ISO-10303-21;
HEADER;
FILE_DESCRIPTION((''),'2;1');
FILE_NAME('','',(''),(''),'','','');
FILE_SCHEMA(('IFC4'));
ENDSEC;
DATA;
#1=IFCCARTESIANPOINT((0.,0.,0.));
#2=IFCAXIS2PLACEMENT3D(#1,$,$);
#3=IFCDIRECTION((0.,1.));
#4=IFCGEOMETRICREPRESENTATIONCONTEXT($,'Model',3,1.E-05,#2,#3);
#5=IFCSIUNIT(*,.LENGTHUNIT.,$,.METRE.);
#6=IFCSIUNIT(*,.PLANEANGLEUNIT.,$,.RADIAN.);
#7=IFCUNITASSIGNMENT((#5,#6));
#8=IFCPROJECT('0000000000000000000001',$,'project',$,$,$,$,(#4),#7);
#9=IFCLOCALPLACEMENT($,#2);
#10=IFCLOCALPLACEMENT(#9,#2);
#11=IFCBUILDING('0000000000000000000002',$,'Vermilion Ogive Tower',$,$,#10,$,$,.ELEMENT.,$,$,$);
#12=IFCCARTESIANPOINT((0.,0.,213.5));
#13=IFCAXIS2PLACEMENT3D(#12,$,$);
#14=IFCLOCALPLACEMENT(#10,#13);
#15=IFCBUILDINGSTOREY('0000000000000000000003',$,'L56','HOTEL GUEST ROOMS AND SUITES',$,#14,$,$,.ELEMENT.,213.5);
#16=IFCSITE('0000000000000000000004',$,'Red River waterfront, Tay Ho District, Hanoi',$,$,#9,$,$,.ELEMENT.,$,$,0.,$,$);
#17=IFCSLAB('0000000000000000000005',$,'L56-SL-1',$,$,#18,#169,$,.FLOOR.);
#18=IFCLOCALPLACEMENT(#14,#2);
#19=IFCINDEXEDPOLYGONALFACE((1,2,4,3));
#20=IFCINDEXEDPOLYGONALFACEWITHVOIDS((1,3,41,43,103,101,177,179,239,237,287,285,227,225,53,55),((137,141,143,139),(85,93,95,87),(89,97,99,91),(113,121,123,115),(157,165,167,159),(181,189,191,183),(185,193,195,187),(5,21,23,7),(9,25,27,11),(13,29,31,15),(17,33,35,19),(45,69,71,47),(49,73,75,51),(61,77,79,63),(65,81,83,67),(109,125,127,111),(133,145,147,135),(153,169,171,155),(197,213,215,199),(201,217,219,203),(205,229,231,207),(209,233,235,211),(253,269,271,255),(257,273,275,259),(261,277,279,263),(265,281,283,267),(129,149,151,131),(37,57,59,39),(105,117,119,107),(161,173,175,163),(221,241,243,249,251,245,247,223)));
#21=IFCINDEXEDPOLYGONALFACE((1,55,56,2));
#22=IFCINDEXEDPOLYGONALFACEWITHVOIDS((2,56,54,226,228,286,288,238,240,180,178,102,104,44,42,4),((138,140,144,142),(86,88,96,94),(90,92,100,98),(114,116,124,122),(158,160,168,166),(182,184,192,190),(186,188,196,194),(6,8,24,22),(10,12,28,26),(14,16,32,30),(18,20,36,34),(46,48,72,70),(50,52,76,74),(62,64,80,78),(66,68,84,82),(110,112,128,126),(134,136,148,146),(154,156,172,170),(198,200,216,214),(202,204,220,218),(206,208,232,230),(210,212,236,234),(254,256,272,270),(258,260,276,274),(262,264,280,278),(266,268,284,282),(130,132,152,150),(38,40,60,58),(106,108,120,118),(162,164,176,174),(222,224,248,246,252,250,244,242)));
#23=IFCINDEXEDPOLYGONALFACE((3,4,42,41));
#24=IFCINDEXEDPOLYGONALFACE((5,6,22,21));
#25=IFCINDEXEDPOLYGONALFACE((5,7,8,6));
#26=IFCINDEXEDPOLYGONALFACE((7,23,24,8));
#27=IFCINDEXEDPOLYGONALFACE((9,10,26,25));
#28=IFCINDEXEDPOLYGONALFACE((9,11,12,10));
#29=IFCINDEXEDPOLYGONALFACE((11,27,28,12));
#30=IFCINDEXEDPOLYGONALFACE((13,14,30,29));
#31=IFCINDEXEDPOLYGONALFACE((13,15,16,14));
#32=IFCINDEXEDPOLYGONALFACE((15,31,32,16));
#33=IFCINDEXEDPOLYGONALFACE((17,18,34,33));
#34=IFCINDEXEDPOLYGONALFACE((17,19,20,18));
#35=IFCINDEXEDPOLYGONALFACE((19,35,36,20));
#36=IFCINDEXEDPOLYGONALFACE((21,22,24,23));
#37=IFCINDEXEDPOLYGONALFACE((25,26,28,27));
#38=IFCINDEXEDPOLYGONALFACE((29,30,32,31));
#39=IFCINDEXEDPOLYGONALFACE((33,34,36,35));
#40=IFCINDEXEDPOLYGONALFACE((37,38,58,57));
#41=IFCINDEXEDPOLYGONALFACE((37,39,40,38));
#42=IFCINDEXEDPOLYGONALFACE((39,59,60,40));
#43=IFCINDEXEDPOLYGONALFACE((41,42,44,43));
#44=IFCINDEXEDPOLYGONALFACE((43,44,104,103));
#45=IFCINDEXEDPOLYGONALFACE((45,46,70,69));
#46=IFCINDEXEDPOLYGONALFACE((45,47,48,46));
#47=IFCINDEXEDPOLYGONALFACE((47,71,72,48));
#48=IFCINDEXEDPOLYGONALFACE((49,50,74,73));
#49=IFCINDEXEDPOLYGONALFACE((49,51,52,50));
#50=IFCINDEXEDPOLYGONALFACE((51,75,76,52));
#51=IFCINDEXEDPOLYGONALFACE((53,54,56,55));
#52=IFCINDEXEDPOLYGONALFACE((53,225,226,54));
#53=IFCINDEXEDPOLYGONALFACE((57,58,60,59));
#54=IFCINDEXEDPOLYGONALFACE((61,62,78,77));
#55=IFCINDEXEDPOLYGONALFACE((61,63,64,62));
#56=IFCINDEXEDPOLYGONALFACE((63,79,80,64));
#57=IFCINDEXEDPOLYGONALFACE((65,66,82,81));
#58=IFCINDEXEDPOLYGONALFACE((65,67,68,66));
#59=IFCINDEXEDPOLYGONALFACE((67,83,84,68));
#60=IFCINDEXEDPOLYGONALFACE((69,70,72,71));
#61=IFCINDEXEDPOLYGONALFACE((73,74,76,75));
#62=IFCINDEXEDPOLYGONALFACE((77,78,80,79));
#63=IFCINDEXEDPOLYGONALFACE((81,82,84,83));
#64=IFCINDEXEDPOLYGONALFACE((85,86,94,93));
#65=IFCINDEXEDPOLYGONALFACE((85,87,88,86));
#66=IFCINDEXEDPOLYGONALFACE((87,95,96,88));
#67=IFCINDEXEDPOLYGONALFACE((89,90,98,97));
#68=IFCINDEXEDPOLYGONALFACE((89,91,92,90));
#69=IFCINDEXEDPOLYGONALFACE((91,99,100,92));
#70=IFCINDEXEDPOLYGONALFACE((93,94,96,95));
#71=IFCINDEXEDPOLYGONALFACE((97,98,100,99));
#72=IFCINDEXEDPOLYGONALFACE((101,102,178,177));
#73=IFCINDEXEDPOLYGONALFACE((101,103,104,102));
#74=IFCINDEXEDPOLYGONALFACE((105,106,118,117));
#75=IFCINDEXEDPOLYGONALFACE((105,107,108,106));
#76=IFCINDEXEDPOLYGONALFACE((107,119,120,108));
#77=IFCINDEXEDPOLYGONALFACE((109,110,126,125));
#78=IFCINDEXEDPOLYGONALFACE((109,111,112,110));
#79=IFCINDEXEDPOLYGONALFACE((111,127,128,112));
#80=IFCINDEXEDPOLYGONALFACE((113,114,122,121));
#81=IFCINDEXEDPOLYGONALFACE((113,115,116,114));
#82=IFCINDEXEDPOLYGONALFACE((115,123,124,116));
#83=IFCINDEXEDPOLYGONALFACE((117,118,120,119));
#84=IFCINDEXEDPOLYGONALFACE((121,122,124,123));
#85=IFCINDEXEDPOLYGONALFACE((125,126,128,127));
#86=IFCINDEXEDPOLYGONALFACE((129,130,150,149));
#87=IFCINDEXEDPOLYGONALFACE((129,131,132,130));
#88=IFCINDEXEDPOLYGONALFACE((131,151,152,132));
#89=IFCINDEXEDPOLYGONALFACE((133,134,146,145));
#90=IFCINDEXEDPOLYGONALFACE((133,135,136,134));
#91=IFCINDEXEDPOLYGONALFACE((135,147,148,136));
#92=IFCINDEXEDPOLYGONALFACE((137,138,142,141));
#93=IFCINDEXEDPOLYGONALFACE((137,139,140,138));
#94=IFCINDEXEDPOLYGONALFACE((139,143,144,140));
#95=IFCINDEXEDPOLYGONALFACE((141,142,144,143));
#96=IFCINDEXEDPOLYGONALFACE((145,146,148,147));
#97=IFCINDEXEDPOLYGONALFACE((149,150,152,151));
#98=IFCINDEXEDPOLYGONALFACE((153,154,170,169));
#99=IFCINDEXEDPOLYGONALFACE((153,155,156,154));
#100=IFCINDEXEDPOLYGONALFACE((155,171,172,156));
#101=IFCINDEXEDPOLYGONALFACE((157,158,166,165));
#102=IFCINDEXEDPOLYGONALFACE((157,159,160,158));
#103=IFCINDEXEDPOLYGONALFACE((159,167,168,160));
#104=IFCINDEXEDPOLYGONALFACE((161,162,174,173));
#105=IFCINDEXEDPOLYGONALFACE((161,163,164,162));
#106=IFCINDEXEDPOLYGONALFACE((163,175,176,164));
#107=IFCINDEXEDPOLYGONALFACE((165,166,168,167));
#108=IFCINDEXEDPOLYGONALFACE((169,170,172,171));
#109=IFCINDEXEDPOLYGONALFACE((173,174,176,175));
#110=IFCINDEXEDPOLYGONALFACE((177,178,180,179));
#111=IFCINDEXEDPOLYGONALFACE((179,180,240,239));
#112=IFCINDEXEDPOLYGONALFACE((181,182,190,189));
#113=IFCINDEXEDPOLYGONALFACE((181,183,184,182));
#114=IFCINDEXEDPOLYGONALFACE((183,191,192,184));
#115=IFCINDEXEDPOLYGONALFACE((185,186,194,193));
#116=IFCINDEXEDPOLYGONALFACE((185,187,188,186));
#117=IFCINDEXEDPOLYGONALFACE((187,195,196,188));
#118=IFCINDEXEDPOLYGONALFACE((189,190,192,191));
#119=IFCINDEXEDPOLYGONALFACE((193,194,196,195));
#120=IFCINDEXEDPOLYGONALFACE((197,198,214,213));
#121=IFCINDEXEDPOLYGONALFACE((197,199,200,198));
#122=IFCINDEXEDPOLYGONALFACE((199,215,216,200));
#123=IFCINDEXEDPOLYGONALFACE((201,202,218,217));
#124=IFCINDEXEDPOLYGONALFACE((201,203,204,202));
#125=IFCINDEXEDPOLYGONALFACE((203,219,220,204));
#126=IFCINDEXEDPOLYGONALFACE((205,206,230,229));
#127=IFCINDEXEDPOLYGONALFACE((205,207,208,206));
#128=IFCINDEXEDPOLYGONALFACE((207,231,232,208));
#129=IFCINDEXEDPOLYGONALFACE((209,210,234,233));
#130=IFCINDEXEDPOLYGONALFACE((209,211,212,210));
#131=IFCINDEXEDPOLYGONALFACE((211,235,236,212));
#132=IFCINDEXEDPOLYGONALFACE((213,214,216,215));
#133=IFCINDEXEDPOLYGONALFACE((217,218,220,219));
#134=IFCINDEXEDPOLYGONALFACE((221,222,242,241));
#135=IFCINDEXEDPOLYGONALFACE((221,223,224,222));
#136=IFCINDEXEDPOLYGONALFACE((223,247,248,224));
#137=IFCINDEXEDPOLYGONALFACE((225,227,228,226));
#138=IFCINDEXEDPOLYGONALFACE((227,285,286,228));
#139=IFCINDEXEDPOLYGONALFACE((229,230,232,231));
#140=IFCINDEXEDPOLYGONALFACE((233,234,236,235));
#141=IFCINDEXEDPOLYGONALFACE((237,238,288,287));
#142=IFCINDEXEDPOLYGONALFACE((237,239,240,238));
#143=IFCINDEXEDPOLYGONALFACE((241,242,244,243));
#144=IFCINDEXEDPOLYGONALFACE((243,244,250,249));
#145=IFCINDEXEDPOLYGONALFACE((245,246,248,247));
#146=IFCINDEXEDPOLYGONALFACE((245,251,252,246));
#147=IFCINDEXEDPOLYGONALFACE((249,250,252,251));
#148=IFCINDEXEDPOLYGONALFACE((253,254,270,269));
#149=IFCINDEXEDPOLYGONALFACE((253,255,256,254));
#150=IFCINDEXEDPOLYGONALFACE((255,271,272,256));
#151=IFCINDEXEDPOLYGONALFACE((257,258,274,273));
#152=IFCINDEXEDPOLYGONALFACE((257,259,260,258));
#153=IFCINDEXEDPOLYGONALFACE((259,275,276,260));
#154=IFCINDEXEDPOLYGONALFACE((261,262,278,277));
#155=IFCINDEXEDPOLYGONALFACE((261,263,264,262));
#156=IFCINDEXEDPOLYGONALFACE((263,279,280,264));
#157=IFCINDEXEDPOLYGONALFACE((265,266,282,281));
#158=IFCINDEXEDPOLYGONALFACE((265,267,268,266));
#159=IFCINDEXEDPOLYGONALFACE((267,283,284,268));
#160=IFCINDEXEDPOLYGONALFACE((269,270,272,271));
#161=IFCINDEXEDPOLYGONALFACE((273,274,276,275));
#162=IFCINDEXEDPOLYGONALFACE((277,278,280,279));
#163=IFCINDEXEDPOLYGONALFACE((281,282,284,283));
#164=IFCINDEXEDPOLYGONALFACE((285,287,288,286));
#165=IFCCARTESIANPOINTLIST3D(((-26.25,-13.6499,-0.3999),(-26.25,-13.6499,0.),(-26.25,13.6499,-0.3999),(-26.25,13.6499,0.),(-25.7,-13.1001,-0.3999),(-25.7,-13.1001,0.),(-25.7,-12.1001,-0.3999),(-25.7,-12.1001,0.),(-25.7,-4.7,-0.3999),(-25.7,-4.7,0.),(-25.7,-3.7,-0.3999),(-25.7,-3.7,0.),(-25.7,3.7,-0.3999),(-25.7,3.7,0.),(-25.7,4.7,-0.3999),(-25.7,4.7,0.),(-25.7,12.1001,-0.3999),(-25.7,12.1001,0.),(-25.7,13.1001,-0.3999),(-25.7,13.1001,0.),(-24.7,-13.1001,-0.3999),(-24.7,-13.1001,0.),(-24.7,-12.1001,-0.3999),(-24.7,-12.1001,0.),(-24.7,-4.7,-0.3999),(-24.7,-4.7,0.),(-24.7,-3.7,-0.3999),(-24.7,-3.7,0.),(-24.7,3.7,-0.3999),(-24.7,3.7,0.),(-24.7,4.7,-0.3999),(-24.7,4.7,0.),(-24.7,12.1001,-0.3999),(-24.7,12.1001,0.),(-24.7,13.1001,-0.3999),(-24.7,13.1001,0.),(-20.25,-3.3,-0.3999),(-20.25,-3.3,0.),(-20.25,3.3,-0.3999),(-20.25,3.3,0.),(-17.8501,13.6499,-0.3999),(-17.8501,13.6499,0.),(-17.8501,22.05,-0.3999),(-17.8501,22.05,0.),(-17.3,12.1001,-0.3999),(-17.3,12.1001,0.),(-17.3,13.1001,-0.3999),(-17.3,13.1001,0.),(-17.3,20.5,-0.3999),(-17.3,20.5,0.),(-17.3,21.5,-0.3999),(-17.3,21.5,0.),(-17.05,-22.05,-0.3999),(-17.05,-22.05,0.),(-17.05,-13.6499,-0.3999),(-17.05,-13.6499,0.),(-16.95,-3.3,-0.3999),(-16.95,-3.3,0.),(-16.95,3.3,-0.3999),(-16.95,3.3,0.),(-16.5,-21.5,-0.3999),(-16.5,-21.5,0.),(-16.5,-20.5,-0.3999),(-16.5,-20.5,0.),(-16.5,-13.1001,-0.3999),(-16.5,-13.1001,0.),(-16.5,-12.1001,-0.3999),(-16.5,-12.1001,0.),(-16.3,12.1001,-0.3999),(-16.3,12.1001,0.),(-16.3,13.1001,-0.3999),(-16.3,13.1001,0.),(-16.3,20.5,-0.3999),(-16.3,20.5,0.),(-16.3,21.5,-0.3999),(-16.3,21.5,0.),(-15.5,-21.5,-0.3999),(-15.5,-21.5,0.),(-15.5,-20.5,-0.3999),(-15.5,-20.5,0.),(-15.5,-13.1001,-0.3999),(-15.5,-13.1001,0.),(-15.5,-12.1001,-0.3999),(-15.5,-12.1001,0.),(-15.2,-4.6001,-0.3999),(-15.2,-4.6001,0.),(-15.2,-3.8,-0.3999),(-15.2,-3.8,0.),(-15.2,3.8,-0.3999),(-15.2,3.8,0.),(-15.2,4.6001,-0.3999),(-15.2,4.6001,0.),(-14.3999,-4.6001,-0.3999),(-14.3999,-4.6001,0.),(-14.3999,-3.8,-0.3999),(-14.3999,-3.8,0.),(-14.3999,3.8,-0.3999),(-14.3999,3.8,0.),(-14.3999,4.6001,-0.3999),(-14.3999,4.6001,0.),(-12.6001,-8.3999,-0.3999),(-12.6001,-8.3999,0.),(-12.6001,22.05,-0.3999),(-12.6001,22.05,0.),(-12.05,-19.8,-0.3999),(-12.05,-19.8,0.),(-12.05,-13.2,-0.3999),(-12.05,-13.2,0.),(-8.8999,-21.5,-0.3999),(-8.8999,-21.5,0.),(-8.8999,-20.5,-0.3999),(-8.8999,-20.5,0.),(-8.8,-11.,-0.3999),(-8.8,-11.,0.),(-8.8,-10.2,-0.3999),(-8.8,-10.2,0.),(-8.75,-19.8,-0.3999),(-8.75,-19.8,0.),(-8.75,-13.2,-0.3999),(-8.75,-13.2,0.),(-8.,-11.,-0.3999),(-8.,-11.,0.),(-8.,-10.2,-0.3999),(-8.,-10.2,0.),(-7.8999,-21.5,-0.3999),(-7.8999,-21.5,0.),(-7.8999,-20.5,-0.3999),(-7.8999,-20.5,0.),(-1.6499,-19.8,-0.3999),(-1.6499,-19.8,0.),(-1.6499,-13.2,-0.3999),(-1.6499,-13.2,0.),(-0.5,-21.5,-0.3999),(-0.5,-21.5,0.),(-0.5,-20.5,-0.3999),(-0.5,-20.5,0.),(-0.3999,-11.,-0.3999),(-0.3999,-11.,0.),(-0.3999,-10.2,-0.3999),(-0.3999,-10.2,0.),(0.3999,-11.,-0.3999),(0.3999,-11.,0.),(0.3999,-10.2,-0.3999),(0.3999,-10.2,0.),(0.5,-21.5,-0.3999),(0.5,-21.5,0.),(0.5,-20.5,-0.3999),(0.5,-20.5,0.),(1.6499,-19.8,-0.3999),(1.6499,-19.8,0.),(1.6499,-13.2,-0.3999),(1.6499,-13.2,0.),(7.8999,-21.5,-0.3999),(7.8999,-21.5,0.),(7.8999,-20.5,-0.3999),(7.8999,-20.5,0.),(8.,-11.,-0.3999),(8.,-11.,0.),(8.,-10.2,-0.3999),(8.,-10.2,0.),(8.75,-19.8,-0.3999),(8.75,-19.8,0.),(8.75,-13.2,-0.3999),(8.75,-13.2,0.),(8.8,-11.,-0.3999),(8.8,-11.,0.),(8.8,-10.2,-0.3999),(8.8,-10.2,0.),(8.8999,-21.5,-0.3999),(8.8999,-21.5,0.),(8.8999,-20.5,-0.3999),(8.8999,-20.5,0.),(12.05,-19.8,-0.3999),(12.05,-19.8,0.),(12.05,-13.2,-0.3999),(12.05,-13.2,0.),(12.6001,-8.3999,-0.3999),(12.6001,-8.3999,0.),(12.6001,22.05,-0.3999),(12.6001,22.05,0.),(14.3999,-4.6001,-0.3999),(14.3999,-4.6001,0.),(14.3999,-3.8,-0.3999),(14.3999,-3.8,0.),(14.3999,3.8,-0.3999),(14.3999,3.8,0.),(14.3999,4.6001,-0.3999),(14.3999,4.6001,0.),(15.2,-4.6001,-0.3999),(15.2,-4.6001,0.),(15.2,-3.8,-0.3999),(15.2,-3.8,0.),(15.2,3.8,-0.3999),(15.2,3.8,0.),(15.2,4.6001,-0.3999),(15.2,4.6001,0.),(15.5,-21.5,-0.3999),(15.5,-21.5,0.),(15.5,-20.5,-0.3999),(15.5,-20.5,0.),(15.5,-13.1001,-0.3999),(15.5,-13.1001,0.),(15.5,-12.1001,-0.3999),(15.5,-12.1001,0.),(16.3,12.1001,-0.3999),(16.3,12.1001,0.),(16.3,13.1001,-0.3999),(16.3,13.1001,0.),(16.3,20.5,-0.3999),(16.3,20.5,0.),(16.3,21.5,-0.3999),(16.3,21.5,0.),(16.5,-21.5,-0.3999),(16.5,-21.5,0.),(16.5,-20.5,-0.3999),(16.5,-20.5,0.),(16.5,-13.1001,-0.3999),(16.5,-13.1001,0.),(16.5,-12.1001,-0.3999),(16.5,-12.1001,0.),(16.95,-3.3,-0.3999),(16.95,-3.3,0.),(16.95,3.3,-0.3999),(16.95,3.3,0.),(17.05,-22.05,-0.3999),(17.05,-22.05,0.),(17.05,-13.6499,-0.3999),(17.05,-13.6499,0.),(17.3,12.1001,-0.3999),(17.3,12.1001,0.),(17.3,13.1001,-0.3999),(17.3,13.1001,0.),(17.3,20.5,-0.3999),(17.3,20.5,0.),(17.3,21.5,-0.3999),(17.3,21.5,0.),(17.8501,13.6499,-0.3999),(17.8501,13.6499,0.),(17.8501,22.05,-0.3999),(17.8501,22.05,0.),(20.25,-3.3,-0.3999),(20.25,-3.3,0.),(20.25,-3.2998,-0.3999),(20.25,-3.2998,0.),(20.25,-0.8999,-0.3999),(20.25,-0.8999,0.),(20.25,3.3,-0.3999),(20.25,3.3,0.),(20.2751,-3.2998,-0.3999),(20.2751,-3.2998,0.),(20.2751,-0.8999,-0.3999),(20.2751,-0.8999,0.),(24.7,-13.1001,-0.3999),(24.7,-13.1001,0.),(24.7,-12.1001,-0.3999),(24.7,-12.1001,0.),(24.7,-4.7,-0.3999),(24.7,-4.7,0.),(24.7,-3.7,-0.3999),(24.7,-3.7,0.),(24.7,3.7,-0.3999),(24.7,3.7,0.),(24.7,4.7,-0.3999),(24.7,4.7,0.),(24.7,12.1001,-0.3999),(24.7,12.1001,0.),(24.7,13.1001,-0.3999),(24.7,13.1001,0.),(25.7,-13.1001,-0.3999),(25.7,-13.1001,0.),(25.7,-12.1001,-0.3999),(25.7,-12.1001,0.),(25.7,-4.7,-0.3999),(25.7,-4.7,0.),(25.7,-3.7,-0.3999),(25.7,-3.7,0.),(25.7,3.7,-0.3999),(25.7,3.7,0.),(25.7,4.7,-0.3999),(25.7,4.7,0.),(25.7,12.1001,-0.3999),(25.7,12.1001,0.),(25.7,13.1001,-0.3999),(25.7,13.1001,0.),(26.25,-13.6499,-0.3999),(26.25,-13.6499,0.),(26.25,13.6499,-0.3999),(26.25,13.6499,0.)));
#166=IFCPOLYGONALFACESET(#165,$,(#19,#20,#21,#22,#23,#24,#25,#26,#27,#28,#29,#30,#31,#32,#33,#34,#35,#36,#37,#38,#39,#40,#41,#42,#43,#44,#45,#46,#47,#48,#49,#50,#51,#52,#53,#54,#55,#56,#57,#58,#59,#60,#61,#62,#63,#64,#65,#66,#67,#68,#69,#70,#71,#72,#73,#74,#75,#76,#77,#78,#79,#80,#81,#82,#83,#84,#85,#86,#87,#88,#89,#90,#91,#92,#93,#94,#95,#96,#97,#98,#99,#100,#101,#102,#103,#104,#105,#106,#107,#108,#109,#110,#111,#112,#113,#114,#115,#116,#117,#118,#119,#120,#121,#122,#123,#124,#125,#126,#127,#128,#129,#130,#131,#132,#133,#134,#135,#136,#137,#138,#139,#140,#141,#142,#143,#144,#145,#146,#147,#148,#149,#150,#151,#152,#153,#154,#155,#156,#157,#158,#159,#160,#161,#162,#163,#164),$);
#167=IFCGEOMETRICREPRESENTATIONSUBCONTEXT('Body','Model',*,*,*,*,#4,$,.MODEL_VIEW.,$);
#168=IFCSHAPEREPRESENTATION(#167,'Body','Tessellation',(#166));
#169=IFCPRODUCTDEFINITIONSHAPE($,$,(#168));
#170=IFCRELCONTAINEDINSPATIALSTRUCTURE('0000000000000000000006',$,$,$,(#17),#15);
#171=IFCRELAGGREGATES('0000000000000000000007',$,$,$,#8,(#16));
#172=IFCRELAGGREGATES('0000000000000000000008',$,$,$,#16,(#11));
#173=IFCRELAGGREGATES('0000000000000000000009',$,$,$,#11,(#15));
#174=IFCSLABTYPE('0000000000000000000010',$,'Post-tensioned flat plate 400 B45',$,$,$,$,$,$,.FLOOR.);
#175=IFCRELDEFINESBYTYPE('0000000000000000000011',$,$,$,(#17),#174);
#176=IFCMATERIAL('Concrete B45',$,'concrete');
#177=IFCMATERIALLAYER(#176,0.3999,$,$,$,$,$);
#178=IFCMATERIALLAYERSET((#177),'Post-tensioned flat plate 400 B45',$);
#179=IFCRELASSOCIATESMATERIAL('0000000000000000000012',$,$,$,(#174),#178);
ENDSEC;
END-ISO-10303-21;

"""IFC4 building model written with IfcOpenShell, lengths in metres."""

from ifc_helpers import new_model, si_unit, direction, frame, origin, place, context, subcontext, project, spatial, polyline, outline, extrude, material, layer, layer_set, type_object, element, save


model = new_model("IFC4")

# Units and contexts
model_context = context("Model", 3, precision=1e-05, world=origin(), true_north=direction((0.0, 1.0)))
body_context = subcontext(model_context, "Body", "Model", "MODEL_VIEW")
ifc_project = project(units=[si_unit("LENGTHUNIT", "METRE"), si_unit("PLANEANGLEUNIT", "RADIAN")], contexts=[model_context])

# Site, building, storey
site_placement = place(None, origin())
site = spatial("IfcSite", under=ifc_project, at=site_placement, Name="Red River waterfront, Tay Ho District, Hanoi", CompositionType="ELEMENT", RefElevation=0.0)
building_placement = place(site_placement, origin())
building = spatial("IfcBuilding", under=site, at=building_placement, Name="Vermilion Ogive Tower", CompositionType="ELEMENT")
storey_placement = place(building_placement, frame((0.0, 0.0, 213.5)))
storey = spatial("IfcBuildingStorey", under=building, at=storey_placement, Name="L56", Description="HOTEL GUEST ROOMS AND SUITES", CompositionType="ELEMENT", Elevation=213.5)

# Slab
ifc_material_1 = material(Name="Concrete B45", Category="concrete")
ifc_layer_1 = layer(ifc_material_1, 0.3999)
ifc_layer_set_1 = layer_set([ifc_layer_1], Name="Post-tensioned flat plate 400 B45")
slab_type_1 = type_object("IfcSlabType", Name="Post-tensioned flat plate 400 B45", PredefinedType="FLOOR", material=ifc_layer_set_1)
slab_1_placement = place(storey_placement, frame((0.0, 0.0, -0.3999)))
element("IfcSlab", 1, at=slab_1_placement, inside=storey, type_object=slab_type_1, Name="L56-SL-1", PredefinedType="FLOOR", context=body_context, shape_type="SweptSolid", body=[
    extrude(outline(polyline([(-26.25, -13.6499), (-17.05, -13.6499), (-17.05, -22.05), (17.05, -22.05), (17.05, -13.6499), (26.25, -13.6499), (26.25, 13.6499), (17.8501, 13.6499), (17.8501, 22.05), (12.6001, 22.05), (12.6001, -8.3999), (-12.6001, -8.3999), (-12.6001, 22.05), (-17.8501, 22.05), (-17.8501, 13.6499), (-26.25, 13.6499), (-26.25, -13.6499)]), holes=[polyline([(25.7, -3.7), (25.7, -4.7), (24.7, -4.7), (24.7, -3.7), (25.7, -3.7)]), polyline([(25.7, -12.1001), (25.7, -13.1001), (24.7, -13.1001), (24.7, -12.1001), (25.7, -12.1001)]), polyline([(25.7, 12.1001), (24.7, 12.1001), (24.7, 13.1001), (25.7, 13.1001), (25.7, 12.1001)]), polyline([(25.7, 3.7), (24.7, 3.7), (24.7, 4.7), (25.7, 4.7), (25.7, 3.7)]), polyline([(20.25, -3.2998), (20.25, -3.3), (16.95, -3.3), (16.95, 3.3), (20.25, 3.3), (20.25, -0.8999), (20.2751, -0.8999), (20.2751, -3.2998), (20.25, -3.2998)]), polyline([(17.3, 13.1001), (17.3, 12.1001), (16.3, 12.1001), (16.3, 13.1001), (17.3, 13.1001)]), polyline([(17.3, 20.5), (16.3, 20.5), (16.3, 21.5), (17.3, 21.5), (17.3, 20.5)]), polyline([(16.5, -12.1001), (16.5, -13.1001), (15.5, -13.1001), (15.5, -12.1001), (16.5, -12.1001)]), polyline([(16.5, -20.5), (16.5, -21.5), (15.5, -21.5), (15.5, -20.5), (16.5, -20.5)]), polyline([(15.2, 4.6001), (15.2, 3.8), (14.3999, 3.8), (14.3999, 4.6001), (15.2, 4.6001)]), polyline([(15.2, -4.6001), (14.3999, -4.6001), (14.3999, -3.8), (15.2, -3.8), (15.2, -4.6001)]), polyline([(12.05, -13.2), (12.05, -19.8), (8.75, -19.8), (8.75, -13.2), (12.05, -13.2)]), polyline([(8.8999, -20.5), (8.8999, -21.5), (7.8999, -21.5), (7.8999, -20.5), (8.8999, -20.5)]), polyline([(8.8, -11.0), (8.0, -11.0), (8.0, -10.2), (8.8, -10.2), (8.8, -11.0)]), polyline([(1.6499, -13.2), (1.6499, -19.8), (-1.6499, -19.8), (-1.6499, -13.2), (1.6499, -13.2)]), polyline([(0.5, -20.5), (0.5, -21.5), (-0.5, -21.5), (-0.5, -20.5), (0.5, -20.5)]), polyline([(0.3999, -10.2), (0.3999, -11.0), (-0.3999, -11.0), (-0.3999, -10.2), (0.3999, -10.2)]), polyline([(-7.8999, -20.5), (-7.8999, -21.5), (-8.8999, -21.5), (-8.8999, -20.5), (-7.8999, -20.5)]), polyline([(-8.0, -10.2), (-8.0, -11.0), (-8.8, -11.0), (-8.8, -10.2), (-8.0, -10.2)]), polyline([(-8.75, -13.2), (-8.75, -19.8), (-12.05, -19.8), (-12.05, -13.2), (-8.75, -13.2)]), polyline([(-14.3999, 4.6001), (-14.3999, 3.8), (-15.2, 3.8), (-15.2, 4.6001), (-14.3999, 4.6001)]), polyline([(-14.3999, -4.6001), (-15.2, -4.6001), (-15.2, -3.8), (-14.3999, -3.8), (-14.3999, -4.6001)]), polyline([(-15.5, -12.1001), (-15.5, -13.1001), (-16.5, -13.1001), (-16.5, -12.1001), (-15.5, -12.1001)]), polyline([(-15.5, -20.5), (-15.5, -21.5), (-16.5, -21.5), (-16.5, -20.5), (-15.5, -20.5)]), polyline([(-16.3, 13.1001), (-16.3, 12.1001), (-17.3, 12.1001), (-17.3, 13.1001), (-16.3, 13.1001)]), polyline([(-16.3, 20.5), (-17.3, 20.5), (-17.3, 21.5), (-16.3, 21.5), (-16.3, 20.5)]), polyline([(-16.95, 3.3), (-16.95, -3.3), (-20.25, -3.3), (-20.25, 3.3), (-16.95, 3.3)]), polyline([(-24.7, 3.7), (-25.7, 3.7), (-25.7, 4.7), (-24.7, 4.7), (-24.7, 3.7)]), polyline([(-24.7, 13.1001), (-24.7, 12.1001), (-25.7, 12.1001), (-25.7, 13.1001), (-24.7, 13.1001)]), polyline([(-24.7, -3.7), (-24.7, -4.7), (-25.7, -4.7), (-25.7, -3.7), (-24.7, -3.7)]), polyline([(-24.7, -12.1001), (-24.7, -13.1001), (-25.7, -13.1001), (-25.7, -12.1001), (-24.7, -12.1001)])]), origin(), (0.0, 0.0, 1.0), 0.3999),
])

save(model, "model.ifc")
